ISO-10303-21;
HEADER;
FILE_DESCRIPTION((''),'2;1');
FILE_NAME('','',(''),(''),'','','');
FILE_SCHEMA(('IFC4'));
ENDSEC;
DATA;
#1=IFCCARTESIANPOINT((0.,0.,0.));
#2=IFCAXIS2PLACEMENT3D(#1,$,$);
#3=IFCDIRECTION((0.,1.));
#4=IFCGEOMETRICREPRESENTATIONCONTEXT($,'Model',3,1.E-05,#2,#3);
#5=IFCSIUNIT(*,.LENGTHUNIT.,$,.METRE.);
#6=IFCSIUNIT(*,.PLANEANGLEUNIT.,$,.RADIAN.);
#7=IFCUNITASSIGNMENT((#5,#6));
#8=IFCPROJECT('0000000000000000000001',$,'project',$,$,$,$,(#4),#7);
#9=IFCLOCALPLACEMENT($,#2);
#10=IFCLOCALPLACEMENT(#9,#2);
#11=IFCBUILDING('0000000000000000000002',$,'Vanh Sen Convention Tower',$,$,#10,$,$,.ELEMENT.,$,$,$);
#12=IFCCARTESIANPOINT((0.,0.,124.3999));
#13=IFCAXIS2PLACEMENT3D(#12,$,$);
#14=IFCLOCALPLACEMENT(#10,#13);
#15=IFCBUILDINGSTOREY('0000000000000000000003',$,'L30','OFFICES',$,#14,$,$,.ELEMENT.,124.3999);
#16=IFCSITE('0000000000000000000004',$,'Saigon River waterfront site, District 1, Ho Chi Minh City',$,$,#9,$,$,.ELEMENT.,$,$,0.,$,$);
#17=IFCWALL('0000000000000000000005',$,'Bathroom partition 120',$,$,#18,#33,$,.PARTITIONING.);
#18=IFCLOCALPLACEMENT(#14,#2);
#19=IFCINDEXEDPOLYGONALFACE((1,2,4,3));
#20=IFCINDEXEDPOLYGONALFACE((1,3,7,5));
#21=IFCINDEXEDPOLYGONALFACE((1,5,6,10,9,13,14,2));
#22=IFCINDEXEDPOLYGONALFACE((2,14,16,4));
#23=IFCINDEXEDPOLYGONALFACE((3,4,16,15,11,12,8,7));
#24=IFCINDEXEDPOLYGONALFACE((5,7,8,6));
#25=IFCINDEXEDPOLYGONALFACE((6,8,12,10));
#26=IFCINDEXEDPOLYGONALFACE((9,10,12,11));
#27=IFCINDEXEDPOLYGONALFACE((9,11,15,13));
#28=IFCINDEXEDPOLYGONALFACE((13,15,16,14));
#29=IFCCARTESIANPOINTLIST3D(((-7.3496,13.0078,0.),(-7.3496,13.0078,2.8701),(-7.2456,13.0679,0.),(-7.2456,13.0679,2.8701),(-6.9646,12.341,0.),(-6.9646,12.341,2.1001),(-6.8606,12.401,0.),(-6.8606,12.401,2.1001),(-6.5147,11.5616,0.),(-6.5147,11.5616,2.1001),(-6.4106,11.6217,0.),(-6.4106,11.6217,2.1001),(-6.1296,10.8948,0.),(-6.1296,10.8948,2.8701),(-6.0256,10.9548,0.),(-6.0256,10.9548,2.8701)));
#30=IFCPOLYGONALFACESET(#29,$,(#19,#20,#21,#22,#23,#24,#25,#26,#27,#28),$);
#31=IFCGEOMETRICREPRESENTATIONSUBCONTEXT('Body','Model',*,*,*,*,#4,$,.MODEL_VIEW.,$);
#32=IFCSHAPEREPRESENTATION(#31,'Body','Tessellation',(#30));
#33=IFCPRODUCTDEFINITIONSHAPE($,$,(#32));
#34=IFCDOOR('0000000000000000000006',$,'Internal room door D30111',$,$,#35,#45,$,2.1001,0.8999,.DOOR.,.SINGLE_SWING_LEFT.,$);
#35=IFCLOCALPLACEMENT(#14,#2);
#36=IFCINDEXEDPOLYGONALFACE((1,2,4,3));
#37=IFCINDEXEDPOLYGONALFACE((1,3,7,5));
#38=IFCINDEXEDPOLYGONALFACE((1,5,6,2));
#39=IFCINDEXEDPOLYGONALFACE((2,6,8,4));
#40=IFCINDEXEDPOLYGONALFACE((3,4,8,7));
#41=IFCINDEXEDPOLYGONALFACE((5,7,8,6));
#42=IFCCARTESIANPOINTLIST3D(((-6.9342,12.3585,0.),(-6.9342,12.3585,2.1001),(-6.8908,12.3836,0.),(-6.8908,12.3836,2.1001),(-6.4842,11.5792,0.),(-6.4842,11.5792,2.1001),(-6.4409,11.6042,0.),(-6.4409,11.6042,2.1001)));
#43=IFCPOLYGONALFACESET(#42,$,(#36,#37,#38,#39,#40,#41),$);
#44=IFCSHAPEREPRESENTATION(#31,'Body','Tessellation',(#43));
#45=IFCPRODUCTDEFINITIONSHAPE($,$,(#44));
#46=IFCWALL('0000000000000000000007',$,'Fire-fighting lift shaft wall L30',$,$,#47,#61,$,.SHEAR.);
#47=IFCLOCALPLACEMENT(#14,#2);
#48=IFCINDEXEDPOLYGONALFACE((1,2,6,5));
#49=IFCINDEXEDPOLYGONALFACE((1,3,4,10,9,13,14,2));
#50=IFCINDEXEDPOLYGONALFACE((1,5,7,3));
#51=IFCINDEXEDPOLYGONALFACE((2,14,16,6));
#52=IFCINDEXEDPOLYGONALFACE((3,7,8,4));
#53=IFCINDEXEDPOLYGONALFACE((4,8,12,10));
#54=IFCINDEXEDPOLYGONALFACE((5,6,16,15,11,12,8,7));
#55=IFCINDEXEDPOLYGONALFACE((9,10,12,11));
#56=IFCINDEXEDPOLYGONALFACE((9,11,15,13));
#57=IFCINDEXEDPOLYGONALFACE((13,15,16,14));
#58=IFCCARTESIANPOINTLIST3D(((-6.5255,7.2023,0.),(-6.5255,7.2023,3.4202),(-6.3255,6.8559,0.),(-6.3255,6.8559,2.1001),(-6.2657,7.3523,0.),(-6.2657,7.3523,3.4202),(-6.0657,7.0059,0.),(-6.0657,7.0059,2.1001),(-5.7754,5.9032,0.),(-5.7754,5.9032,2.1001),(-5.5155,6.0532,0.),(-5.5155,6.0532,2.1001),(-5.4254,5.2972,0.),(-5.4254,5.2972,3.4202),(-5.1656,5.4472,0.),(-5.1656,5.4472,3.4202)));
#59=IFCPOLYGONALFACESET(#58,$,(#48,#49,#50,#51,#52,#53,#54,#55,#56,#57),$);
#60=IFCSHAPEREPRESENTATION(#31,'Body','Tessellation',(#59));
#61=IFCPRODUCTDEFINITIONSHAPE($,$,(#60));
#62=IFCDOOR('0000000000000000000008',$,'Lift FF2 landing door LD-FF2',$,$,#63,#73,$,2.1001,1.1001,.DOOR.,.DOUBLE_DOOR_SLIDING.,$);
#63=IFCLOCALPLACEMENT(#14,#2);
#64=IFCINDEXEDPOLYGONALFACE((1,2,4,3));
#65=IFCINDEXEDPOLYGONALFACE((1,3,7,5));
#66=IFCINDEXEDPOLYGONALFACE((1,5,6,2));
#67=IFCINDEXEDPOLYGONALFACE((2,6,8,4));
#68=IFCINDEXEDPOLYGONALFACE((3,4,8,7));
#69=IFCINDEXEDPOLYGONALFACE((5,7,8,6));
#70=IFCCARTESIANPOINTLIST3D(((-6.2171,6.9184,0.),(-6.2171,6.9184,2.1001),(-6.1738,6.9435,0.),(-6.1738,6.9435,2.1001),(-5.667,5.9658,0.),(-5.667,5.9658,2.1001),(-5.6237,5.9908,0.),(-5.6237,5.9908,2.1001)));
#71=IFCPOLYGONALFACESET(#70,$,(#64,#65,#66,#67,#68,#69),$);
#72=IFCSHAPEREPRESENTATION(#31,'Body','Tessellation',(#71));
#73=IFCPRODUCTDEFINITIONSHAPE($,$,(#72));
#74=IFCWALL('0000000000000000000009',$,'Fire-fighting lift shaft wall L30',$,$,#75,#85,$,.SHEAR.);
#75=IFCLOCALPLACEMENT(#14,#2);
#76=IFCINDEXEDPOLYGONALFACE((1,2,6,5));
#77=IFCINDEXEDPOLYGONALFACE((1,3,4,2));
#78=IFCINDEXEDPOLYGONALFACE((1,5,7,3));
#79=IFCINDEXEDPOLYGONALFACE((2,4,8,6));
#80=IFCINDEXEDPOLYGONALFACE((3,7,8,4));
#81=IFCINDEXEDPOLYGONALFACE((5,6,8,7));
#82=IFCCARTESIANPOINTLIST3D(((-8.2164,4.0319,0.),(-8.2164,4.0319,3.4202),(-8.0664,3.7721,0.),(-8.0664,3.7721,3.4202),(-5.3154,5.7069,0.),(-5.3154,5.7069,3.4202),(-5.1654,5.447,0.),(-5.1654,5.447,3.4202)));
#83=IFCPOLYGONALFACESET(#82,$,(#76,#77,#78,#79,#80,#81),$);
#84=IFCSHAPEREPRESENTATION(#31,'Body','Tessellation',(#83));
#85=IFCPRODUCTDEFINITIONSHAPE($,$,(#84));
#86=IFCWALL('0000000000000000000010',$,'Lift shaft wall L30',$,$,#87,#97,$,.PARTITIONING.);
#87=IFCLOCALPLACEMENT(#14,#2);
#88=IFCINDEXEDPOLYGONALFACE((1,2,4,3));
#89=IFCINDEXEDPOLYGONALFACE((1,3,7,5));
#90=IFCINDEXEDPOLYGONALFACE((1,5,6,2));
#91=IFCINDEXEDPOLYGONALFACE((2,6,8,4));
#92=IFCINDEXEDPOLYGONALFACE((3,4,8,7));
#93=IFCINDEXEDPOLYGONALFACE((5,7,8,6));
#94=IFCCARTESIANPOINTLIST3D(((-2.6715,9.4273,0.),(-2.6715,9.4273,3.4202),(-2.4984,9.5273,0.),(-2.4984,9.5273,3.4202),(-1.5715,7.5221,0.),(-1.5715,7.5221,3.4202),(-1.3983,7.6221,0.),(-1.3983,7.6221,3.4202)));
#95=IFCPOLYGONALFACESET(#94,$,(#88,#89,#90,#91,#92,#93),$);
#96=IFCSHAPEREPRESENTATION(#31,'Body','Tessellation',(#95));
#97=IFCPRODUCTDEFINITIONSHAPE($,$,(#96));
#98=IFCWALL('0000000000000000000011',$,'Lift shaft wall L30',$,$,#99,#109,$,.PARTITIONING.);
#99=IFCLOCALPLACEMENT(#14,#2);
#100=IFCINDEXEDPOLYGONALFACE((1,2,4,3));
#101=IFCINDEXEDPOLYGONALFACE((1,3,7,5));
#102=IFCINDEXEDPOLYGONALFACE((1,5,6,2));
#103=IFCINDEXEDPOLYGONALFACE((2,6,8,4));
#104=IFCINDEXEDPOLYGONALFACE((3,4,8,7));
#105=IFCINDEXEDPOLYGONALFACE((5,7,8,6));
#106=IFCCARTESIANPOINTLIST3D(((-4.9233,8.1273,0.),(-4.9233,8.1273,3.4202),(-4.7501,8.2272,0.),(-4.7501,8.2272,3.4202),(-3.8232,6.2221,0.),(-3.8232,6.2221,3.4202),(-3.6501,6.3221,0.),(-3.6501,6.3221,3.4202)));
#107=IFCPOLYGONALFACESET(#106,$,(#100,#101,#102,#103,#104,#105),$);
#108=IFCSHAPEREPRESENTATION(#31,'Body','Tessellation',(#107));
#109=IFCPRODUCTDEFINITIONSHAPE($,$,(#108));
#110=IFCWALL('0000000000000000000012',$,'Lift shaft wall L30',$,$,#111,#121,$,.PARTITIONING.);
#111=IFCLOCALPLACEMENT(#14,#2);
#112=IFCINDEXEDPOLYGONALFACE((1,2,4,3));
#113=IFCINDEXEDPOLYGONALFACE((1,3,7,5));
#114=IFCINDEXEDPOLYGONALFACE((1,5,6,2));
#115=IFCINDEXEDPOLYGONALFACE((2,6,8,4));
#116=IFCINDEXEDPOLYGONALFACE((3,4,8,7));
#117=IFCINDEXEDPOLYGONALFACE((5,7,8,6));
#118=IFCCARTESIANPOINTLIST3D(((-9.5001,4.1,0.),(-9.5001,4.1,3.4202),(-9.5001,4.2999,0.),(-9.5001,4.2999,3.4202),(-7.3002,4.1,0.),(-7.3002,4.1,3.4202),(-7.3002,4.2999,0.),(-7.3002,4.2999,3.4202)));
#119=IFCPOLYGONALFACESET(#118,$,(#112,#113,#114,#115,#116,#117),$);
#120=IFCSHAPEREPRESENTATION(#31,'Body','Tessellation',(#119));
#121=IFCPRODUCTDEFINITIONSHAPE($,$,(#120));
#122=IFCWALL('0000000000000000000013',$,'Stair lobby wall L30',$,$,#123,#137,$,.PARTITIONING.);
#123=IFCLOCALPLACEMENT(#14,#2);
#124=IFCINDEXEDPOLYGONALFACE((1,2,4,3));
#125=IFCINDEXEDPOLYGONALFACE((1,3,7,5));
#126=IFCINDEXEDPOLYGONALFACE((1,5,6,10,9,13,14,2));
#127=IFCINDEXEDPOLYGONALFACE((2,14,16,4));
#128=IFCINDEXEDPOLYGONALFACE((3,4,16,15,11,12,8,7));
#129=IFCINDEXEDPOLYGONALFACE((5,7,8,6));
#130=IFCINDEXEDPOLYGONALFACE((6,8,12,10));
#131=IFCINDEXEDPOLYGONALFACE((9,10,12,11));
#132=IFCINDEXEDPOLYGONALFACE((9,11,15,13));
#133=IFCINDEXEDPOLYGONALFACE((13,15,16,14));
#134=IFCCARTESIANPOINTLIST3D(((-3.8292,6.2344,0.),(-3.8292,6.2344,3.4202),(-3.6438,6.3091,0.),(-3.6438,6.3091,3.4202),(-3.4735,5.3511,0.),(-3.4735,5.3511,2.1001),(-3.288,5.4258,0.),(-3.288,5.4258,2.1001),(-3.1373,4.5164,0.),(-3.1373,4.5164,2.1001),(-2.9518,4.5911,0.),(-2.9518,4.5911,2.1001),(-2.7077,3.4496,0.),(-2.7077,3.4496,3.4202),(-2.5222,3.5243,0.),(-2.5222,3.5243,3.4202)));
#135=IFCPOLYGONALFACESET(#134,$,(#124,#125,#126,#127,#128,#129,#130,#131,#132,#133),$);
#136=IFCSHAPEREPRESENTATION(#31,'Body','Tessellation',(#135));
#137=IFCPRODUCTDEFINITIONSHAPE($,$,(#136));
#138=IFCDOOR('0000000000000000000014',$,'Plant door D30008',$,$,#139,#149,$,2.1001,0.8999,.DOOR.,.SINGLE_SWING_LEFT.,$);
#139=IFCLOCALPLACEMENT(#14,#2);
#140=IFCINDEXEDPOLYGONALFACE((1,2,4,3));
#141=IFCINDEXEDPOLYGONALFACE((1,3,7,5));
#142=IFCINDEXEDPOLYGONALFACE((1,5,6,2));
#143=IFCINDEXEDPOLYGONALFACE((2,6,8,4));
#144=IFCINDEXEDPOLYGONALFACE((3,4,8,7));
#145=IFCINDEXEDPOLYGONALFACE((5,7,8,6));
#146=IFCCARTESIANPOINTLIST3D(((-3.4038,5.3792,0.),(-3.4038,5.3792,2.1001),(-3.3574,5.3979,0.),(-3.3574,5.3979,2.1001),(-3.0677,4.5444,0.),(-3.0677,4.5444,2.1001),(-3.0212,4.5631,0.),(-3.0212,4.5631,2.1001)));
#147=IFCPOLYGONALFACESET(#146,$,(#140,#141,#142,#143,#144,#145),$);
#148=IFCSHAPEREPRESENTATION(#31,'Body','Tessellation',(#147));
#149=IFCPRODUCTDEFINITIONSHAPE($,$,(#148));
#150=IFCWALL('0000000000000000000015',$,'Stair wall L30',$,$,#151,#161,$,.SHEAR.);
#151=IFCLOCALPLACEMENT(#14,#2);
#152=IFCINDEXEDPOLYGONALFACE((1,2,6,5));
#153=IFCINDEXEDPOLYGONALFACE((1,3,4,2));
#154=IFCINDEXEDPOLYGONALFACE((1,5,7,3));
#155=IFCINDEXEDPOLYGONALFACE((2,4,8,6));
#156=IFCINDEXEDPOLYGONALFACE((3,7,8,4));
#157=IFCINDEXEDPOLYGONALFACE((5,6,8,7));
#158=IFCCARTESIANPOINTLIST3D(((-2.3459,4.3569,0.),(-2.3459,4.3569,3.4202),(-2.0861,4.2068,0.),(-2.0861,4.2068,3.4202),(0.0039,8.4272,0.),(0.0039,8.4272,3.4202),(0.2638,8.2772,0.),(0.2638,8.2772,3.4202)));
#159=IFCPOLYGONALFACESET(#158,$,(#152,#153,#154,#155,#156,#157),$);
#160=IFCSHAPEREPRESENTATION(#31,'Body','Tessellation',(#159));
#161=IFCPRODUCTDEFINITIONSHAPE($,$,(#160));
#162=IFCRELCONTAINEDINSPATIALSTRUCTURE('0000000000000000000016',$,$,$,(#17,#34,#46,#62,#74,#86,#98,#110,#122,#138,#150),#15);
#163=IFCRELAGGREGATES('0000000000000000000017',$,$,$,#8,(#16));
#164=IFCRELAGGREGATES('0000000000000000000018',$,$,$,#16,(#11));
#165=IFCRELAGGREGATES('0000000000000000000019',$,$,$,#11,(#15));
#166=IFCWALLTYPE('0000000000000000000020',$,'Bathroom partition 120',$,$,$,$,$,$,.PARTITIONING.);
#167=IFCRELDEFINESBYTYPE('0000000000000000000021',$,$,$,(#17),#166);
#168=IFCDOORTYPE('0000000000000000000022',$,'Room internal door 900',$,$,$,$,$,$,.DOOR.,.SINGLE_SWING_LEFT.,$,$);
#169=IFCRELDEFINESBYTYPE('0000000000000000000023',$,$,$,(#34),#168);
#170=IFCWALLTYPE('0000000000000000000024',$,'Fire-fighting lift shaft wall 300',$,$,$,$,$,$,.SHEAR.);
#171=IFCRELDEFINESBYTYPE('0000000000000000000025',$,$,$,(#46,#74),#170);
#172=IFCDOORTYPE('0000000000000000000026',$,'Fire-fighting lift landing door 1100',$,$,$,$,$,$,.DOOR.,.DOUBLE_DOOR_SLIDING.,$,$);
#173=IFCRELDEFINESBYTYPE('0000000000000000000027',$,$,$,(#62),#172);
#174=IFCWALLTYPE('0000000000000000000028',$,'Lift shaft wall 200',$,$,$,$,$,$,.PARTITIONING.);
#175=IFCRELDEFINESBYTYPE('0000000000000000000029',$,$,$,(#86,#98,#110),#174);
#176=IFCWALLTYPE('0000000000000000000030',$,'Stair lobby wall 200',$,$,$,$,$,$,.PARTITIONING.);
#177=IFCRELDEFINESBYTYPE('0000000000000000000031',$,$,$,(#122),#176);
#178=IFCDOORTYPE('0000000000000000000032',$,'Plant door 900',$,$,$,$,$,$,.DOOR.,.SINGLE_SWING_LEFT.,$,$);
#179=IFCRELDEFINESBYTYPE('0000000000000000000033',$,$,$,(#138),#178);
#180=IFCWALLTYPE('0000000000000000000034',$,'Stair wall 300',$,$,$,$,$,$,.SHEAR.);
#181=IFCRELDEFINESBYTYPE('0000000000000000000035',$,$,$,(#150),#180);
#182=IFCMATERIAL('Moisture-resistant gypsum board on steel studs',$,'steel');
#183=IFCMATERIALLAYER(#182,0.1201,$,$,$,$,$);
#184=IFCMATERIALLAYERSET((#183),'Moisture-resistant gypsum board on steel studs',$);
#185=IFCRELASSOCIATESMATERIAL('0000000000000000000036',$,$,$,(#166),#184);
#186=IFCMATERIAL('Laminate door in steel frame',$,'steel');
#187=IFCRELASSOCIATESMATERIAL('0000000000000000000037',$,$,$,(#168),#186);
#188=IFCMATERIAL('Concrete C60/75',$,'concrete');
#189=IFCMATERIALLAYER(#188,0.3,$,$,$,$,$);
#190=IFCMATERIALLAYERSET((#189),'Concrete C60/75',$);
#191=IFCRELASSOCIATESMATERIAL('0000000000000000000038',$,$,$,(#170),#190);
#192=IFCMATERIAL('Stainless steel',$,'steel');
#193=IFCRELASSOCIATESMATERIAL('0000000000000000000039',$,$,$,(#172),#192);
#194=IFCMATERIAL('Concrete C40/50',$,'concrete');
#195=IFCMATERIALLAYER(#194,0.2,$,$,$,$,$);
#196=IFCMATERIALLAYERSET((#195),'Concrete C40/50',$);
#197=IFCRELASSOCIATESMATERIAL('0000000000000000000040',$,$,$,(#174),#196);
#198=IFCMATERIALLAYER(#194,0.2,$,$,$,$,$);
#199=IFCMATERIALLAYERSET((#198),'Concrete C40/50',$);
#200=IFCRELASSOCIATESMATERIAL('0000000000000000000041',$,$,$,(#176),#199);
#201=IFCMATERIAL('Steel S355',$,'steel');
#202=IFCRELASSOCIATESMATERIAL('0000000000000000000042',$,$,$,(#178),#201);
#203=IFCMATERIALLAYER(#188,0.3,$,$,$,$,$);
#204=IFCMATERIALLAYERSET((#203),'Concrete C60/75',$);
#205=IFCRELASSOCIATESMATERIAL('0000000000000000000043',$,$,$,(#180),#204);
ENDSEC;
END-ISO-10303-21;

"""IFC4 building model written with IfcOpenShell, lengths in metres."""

from ifc_helpers import new_model, si_unit, direction, frame, frame_2d, origin, place, context, subcontext, project, spatial, rectangle, extrude, material, layer, layer_set, type_object, element, fill, save


model = new_model("IFC4")

# Units and contexts
model_context = context("Model", 3, precision=1e-05, world=origin(), true_north=direction((0.0, 1.0)))
body_context = subcontext(model_context, "Body", "Model", "MODEL_VIEW")
ifc_project = project(units=[si_unit("LENGTHUNIT", "METRE"), si_unit("PLANEANGLEUNIT", "RADIAN")], contexts=[model_context])

# Site, building, storey
site_placement = place(None, origin())
site = spatial("IfcSite", under=ifc_project, at=site_placement, Name="Saigon River waterfront site, District 1, Ho Chi Minh City", CompositionType="ELEMENT", RefElevation=0.0)
building_placement = place(site_placement, origin())
building = spatial("IfcBuilding", under=site, at=building_placement, Name="Vanh Sen Convention Tower", CompositionType="ELEMENT")
storey_placement = place(building_placement, frame((0.0, 0.0, 124.3999)))
storey = spatial("IfcBuildingStorey", under=building, at=storey_placement, Name="L30", Description="OFFICES", CompositionType="ELEMENT", Elevation=124.3999)

# Walls, openings, doors
ifc_material_1 = material(Name="Moisture-resistant gypsum board on steel studs", Category="steel")
ifc_layer_1 = layer(ifc_material_1, 0.1201)
ifc_layer_set_1 = layer_set([ifc_layer_1], Name="Moisture-resistant gypsum board on steel studs")
wall_type_1 = type_object("IfcWallType", Name="Bathroom partition 120", PredefinedType="PARTITIONING", material=ifc_layer_set_1)
wall_1_placement = place(storey_placement, frame((-6.0776, 10.9248, 0.0), z_axis=(0.0, 0.0, 1.0), x_axis=(-0.500003, 0.866024, 0.0)))
wall_1 = element("IfcWall", 1, at=wall_1_placement, inside=storey, type_object=wall_type_1, Name="Bathroom partition 120", PredefinedType="PARTITIONING", context=body_context, shape_type="SweptSolid", body=[
    extrude(rectangle(XDim=2.4399, YDim=0.1201, at=frame_2d((1.22, 0.0))), origin(), (0.0, 0.0, 1.0), 2.8701),
])
opening_1_placement = place(wall_1_placement, frame((0.77, 0.0, 0.0)))
opening_1 = element("IfcOpeningElement", 2, at=opening_1_placement, cuts=wall_1, PredefinedType="OPENING", context=body_context, shape_type="SweptSolid", body=[
    extrude(rectangle(XDim=0.8999, YDim=2.1001, at=frame_2d((0.45, 1.05))), frame((0.0, 0.0701, 0.0), z_axis=(0.0, -1.0, 0.0), x_axis=(1.0, 0.0, 0.0)), (0.0, 0.0, 1.0), 0.1401),
])
ifc_material_2 = material(Name="Laminate door in steel frame", Category="steel")
door_type_1 = type_object("IfcDoorType", Name="Room internal door 900", OperationType="SINGLE_SWING_LEFT", PredefinedType="DOOR", material=ifc_material_2)
door_1_placement = place(opening_1_placement, origin())
door_1 = element("IfcDoor", 3, at=door_1_placement, inside=storey, type_object=door_type_1, Name="Internal room door D30111", OperationType="SINGLE_SWING_LEFT", OverallHeight=2.1001, OverallWidth=0.8999, PredefinedType="DOOR", context=body_context, shape_type="SweptSolid", body=[
    extrude(rectangle(XDim=0.8999, YDim=2.1001, at=frame_2d((0.45, 1.05))), frame((0.0, 0.0249, 0.0), z_axis=(0.0, -1.0, 0.0), x_axis=(1.0, 0.0, 0.0)), (0.0, 0.0, 1.0), 0.05),
])
fill(opening_1, door_1)
ifc_material_3 = material(Name="Concrete C60/75", Category="concrete")
ifc_layer_2 = layer(ifc_material_3, 0.3)
ifc_layer_set_2 = layer_set([ifc_layer_2], Name="Concrete C60/75")
wall_type_2 = type_object("IfcWallType", Name="Fire-fighting lift shaft wall 300", PredefinedType="SHEAR", material=ifc_layer_set_2)
wall_2_placement = place(storey_placement, frame((-5.2954, 5.3721, 0.0), z_axis=(0.0, 0.0, 1.0), x_axis=(-0.500078, 0.86598, 0.0)))
wall_2 = element("IfcWall", 4, at=wall_2_placement, inside=storey, type_object=wall_type_2, Name="Fire-fighting lift shaft wall L30", PredefinedType="SHEAR", context=body_context, shape_type="SweptSolid", body=[
    extrude(rectangle(XDim=2.2, YDim=0.3, at=frame_2d((1.1001, 0.0))), origin(), (0.0, 0.0, 1.0), 3.4202),
])
opening_2_placement = place(wall_2_placement, frame((0.7, 0.0, 0.0)))
opening_2 = element("IfcOpeningElement", 5, at=opening_2_placement, cuts=wall_2, PredefinedType="OPENING", context=body_context, shape_type="SweptSolid", body=[
    extrude(rectangle(XDim=1.1001, YDim=2.1001, at=frame_2d((0.55, 1.05))), frame((0.0, 0.1599, 0.0), z_axis=(0.0, -1.0, 0.0), x_axis=(1.0, 0.0, 0.0)), (0.0, 0.0, 1.0), 0.3201),
])
ifc_material_4 = material(Name="Stainless steel", Category="steel")
door_type_2 = type_object("IfcDoorType", Name="Fire-fighting lift landing door 1100", OperationType="DOUBLE_DOOR_SLIDING", PredefinedType="DOOR", material=ifc_material_4)
door_2_placement = place(opening_2_placement, origin())
door_2 = element("IfcDoor", 6, at=door_2_placement, inside=storey, type_object=door_type_2, Name="Lift FF2 landing door LD-FF2", OperationType="DOUBLE_DOOR_SLIDING", OverallHeight=2.1001, OverallWidth=1.1001, PredefinedType="DOOR", context=body_context, shape_type="SweptSolid", body=[
    extrude(rectangle(XDim=1.1001, YDim=2.1001, at=frame_2d((0.55, 1.05))), frame((0.0, 0.0249, 0.0), z_axis=(0.0, -1.0, 0.0), x_axis=(1.0, 0.0, 0.0)), (0.0, 0.0, 1.0), 0.05),
])
fill(opening_2, door_2)

# Walls
wall_3_placement = place(storey_placement, frame((-5.2405, 5.5769, 0.0), z_axis=(0.0, 0.0, 1.0), x_axis=(-0.866014, -0.500019, 0.0)))
element("IfcWall", 7, at=wall_3_placement, inside=storey, type_object=wall_type_2, Name="Fire-fighting lift shaft wall L30", PredefinedType="SHEAR", context=body_context, shape_type="SweptSolid", body=[
    extrude(rectangle(XDim=3.3499, YDim=0.3, at=frame_2d((1.6748, 0.0))), origin(), (0.0, 0.0, 1.0), 3.4202),
])
ifc_material_5 = material(Name="Concrete C40/50", Category="concrete")
ifc_layer_3 = layer(ifc_material_5, 0.2)
ifc_layer_set_3 = layer_set([ifc_layer_3], Name="Concrete C40/50")
wall_type_3 = type_object("IfcWallType", Name="Lift shaft wall 200", PredefinedType="PARTITIONING", material=ifc_layer_set_3)
for number, where, z_axis, x_axis, name in (
    (8, (-1.4849, 7.572, 0.0), (0.0, 0.0, 1.0), (-0.50003, 0.866008, 0.0), "Lift shaft wall L30"),
    (9, (-3.7366, 6.272, 0.0), (0.0, 0.0, 1.0), (-0.50003, 0.866008, 0.0), "Lift shaft wall L30"),
    (10, (-7.3, 4.2, 0.0), (0.0, 0.0, 1.0), (-1.0, 0.0, 0.0), "Lift shaft wall L30"),
):
    element("IfcWall", number, at=place(storey_placement, frame(where, z_axis=z_axis, x_axis=x_axis)), inside=storey, type_object=wall_type_3, Name=name, PredefinedType="PARTITIONING", context=body_context, shape_type="SweptSolid", body=[
        extrude(rectangle(XDim=2.2, YDim=0.2, at=frame_2d((1.1001, 0.0))), origin(), (0.0, 0.0, 1.0), 3.4202),
    ])

# Wall, opening, door
ifc_layer_4 = layer(ifc_material_5, 0.2)
ifc_layer_set_4 = layer_set([ifc_layer_4], Name="Concrete C40/50")
wall_type_4 = type_object("IfcWallType", Name="Stair lobby wall 200", PredefinedType="PARTITIONING", material=ifc_layer_set_4)
wall_4_placement = place(storey_placement, frame((-2.615, 3.4871, 0.0), z_axis=(0.0, 0.0, 1.0), x_axis=(-0.373577, 0.927599, 0.0)))
wall_4 = element("IfcWall", 11, at=wall_4_placement, inside=storey, type_object=wall_type_4, Name="Stair lobby wall L30", PredefinedType="PARTITIONING", context=body_context, shape_type="SweptSolid", body=[
    extrude(rectangle(XDim=3.0022, YDim=0.2, at=frame_2d((1.501, 0.0))), origin(), (0.0, 0.0, 1.0), 3.4202),
])
opening_3_placement = place(wall_4_placement, frame((1.1499, 0.0, 0.0)))
opening_3 = element("IfcOpeningElement", 12, at=opening_3_placement, cuts=wall_4, PredefinedType="OPENING", context=body_context, shape_type="SweptSolid", body=[
    extrude(rectangle(XDim=0.8999, YDim=2.1001, at=frame_2d((0.45, 1.05))), frame((0.0, 0.1099, 0.0), z_axis=(0.0, -1.0, 0.0), x_axis=(1.0, 0.0, 0.0)), (0.0, 0.0, 1.0), 0.22),
])
ifc_material_6 = material(Name="Steel S355", Category="steel")
door_type_3 = type_object("IfcDoorType", Name="Plant door 900", OperationType="SINGLE_SWING_LEFT", PredefinedType="DOOR", material=ifc_material_6)
door_3_placement = place(opening_3_placement, origin())
door_3 = element("IfcDoor", 13, at=door_3_placement, inside=storey, type_object=door_type_3, Name="Plant door D30008", OperationType="SINGLE_SWING_LEFT", OverallHeight=2.1001, OverallWidth=0.8999, PredefinedType="DOOR", context=body_context, shape_type="SweptSolid", body=[
    extrude(rectangle(XDim=0.8999, YDim=2.1001, at=frame_2d((0.45, 1.05))), frame((0.0, 0.0249, 0.0), z_axis=(0.0, -1.0, 0.0), x_axis=(1.0, 0.0, 0.0)), (0.0, 0.0, 1.0), 0.05),
])
fill(opening_3, door_3)

# Wall
ifc_layer_5 = layer(ifc_material_3, 0.3)
ifc_layer_set_5 = layer_set([ifc_layer_5], Name="Concrete C60/75")
wall_type_5 = type_object("IfcWallType", Name="Stair wall 300", PredefinedType="SHEAR", material=ifc_layer_set_5)
wall_5_placement = place(storey_placement, frame((-2.2161, 4.2817, 0.0), z_axis=(0.0, 0.0, 1.0), x_axis=(0.499977, 0.866039, 0.0)))
element("IfcWall", 14, at=wall_5_placement, inside=storey, type_object=wall_type_5, Name="Stair wall L30", PredefinedType="SHEAR", context=body_context, shape_type="SweptSolid", body=[
    extrude(rectangle(XDim=4.7, YDim=0.3, at=frame_2d((2.3501, 0.0))), origin(), (0.0, 0.0, 1.0), 3.4202),
])

save(model, "model.ifc")
